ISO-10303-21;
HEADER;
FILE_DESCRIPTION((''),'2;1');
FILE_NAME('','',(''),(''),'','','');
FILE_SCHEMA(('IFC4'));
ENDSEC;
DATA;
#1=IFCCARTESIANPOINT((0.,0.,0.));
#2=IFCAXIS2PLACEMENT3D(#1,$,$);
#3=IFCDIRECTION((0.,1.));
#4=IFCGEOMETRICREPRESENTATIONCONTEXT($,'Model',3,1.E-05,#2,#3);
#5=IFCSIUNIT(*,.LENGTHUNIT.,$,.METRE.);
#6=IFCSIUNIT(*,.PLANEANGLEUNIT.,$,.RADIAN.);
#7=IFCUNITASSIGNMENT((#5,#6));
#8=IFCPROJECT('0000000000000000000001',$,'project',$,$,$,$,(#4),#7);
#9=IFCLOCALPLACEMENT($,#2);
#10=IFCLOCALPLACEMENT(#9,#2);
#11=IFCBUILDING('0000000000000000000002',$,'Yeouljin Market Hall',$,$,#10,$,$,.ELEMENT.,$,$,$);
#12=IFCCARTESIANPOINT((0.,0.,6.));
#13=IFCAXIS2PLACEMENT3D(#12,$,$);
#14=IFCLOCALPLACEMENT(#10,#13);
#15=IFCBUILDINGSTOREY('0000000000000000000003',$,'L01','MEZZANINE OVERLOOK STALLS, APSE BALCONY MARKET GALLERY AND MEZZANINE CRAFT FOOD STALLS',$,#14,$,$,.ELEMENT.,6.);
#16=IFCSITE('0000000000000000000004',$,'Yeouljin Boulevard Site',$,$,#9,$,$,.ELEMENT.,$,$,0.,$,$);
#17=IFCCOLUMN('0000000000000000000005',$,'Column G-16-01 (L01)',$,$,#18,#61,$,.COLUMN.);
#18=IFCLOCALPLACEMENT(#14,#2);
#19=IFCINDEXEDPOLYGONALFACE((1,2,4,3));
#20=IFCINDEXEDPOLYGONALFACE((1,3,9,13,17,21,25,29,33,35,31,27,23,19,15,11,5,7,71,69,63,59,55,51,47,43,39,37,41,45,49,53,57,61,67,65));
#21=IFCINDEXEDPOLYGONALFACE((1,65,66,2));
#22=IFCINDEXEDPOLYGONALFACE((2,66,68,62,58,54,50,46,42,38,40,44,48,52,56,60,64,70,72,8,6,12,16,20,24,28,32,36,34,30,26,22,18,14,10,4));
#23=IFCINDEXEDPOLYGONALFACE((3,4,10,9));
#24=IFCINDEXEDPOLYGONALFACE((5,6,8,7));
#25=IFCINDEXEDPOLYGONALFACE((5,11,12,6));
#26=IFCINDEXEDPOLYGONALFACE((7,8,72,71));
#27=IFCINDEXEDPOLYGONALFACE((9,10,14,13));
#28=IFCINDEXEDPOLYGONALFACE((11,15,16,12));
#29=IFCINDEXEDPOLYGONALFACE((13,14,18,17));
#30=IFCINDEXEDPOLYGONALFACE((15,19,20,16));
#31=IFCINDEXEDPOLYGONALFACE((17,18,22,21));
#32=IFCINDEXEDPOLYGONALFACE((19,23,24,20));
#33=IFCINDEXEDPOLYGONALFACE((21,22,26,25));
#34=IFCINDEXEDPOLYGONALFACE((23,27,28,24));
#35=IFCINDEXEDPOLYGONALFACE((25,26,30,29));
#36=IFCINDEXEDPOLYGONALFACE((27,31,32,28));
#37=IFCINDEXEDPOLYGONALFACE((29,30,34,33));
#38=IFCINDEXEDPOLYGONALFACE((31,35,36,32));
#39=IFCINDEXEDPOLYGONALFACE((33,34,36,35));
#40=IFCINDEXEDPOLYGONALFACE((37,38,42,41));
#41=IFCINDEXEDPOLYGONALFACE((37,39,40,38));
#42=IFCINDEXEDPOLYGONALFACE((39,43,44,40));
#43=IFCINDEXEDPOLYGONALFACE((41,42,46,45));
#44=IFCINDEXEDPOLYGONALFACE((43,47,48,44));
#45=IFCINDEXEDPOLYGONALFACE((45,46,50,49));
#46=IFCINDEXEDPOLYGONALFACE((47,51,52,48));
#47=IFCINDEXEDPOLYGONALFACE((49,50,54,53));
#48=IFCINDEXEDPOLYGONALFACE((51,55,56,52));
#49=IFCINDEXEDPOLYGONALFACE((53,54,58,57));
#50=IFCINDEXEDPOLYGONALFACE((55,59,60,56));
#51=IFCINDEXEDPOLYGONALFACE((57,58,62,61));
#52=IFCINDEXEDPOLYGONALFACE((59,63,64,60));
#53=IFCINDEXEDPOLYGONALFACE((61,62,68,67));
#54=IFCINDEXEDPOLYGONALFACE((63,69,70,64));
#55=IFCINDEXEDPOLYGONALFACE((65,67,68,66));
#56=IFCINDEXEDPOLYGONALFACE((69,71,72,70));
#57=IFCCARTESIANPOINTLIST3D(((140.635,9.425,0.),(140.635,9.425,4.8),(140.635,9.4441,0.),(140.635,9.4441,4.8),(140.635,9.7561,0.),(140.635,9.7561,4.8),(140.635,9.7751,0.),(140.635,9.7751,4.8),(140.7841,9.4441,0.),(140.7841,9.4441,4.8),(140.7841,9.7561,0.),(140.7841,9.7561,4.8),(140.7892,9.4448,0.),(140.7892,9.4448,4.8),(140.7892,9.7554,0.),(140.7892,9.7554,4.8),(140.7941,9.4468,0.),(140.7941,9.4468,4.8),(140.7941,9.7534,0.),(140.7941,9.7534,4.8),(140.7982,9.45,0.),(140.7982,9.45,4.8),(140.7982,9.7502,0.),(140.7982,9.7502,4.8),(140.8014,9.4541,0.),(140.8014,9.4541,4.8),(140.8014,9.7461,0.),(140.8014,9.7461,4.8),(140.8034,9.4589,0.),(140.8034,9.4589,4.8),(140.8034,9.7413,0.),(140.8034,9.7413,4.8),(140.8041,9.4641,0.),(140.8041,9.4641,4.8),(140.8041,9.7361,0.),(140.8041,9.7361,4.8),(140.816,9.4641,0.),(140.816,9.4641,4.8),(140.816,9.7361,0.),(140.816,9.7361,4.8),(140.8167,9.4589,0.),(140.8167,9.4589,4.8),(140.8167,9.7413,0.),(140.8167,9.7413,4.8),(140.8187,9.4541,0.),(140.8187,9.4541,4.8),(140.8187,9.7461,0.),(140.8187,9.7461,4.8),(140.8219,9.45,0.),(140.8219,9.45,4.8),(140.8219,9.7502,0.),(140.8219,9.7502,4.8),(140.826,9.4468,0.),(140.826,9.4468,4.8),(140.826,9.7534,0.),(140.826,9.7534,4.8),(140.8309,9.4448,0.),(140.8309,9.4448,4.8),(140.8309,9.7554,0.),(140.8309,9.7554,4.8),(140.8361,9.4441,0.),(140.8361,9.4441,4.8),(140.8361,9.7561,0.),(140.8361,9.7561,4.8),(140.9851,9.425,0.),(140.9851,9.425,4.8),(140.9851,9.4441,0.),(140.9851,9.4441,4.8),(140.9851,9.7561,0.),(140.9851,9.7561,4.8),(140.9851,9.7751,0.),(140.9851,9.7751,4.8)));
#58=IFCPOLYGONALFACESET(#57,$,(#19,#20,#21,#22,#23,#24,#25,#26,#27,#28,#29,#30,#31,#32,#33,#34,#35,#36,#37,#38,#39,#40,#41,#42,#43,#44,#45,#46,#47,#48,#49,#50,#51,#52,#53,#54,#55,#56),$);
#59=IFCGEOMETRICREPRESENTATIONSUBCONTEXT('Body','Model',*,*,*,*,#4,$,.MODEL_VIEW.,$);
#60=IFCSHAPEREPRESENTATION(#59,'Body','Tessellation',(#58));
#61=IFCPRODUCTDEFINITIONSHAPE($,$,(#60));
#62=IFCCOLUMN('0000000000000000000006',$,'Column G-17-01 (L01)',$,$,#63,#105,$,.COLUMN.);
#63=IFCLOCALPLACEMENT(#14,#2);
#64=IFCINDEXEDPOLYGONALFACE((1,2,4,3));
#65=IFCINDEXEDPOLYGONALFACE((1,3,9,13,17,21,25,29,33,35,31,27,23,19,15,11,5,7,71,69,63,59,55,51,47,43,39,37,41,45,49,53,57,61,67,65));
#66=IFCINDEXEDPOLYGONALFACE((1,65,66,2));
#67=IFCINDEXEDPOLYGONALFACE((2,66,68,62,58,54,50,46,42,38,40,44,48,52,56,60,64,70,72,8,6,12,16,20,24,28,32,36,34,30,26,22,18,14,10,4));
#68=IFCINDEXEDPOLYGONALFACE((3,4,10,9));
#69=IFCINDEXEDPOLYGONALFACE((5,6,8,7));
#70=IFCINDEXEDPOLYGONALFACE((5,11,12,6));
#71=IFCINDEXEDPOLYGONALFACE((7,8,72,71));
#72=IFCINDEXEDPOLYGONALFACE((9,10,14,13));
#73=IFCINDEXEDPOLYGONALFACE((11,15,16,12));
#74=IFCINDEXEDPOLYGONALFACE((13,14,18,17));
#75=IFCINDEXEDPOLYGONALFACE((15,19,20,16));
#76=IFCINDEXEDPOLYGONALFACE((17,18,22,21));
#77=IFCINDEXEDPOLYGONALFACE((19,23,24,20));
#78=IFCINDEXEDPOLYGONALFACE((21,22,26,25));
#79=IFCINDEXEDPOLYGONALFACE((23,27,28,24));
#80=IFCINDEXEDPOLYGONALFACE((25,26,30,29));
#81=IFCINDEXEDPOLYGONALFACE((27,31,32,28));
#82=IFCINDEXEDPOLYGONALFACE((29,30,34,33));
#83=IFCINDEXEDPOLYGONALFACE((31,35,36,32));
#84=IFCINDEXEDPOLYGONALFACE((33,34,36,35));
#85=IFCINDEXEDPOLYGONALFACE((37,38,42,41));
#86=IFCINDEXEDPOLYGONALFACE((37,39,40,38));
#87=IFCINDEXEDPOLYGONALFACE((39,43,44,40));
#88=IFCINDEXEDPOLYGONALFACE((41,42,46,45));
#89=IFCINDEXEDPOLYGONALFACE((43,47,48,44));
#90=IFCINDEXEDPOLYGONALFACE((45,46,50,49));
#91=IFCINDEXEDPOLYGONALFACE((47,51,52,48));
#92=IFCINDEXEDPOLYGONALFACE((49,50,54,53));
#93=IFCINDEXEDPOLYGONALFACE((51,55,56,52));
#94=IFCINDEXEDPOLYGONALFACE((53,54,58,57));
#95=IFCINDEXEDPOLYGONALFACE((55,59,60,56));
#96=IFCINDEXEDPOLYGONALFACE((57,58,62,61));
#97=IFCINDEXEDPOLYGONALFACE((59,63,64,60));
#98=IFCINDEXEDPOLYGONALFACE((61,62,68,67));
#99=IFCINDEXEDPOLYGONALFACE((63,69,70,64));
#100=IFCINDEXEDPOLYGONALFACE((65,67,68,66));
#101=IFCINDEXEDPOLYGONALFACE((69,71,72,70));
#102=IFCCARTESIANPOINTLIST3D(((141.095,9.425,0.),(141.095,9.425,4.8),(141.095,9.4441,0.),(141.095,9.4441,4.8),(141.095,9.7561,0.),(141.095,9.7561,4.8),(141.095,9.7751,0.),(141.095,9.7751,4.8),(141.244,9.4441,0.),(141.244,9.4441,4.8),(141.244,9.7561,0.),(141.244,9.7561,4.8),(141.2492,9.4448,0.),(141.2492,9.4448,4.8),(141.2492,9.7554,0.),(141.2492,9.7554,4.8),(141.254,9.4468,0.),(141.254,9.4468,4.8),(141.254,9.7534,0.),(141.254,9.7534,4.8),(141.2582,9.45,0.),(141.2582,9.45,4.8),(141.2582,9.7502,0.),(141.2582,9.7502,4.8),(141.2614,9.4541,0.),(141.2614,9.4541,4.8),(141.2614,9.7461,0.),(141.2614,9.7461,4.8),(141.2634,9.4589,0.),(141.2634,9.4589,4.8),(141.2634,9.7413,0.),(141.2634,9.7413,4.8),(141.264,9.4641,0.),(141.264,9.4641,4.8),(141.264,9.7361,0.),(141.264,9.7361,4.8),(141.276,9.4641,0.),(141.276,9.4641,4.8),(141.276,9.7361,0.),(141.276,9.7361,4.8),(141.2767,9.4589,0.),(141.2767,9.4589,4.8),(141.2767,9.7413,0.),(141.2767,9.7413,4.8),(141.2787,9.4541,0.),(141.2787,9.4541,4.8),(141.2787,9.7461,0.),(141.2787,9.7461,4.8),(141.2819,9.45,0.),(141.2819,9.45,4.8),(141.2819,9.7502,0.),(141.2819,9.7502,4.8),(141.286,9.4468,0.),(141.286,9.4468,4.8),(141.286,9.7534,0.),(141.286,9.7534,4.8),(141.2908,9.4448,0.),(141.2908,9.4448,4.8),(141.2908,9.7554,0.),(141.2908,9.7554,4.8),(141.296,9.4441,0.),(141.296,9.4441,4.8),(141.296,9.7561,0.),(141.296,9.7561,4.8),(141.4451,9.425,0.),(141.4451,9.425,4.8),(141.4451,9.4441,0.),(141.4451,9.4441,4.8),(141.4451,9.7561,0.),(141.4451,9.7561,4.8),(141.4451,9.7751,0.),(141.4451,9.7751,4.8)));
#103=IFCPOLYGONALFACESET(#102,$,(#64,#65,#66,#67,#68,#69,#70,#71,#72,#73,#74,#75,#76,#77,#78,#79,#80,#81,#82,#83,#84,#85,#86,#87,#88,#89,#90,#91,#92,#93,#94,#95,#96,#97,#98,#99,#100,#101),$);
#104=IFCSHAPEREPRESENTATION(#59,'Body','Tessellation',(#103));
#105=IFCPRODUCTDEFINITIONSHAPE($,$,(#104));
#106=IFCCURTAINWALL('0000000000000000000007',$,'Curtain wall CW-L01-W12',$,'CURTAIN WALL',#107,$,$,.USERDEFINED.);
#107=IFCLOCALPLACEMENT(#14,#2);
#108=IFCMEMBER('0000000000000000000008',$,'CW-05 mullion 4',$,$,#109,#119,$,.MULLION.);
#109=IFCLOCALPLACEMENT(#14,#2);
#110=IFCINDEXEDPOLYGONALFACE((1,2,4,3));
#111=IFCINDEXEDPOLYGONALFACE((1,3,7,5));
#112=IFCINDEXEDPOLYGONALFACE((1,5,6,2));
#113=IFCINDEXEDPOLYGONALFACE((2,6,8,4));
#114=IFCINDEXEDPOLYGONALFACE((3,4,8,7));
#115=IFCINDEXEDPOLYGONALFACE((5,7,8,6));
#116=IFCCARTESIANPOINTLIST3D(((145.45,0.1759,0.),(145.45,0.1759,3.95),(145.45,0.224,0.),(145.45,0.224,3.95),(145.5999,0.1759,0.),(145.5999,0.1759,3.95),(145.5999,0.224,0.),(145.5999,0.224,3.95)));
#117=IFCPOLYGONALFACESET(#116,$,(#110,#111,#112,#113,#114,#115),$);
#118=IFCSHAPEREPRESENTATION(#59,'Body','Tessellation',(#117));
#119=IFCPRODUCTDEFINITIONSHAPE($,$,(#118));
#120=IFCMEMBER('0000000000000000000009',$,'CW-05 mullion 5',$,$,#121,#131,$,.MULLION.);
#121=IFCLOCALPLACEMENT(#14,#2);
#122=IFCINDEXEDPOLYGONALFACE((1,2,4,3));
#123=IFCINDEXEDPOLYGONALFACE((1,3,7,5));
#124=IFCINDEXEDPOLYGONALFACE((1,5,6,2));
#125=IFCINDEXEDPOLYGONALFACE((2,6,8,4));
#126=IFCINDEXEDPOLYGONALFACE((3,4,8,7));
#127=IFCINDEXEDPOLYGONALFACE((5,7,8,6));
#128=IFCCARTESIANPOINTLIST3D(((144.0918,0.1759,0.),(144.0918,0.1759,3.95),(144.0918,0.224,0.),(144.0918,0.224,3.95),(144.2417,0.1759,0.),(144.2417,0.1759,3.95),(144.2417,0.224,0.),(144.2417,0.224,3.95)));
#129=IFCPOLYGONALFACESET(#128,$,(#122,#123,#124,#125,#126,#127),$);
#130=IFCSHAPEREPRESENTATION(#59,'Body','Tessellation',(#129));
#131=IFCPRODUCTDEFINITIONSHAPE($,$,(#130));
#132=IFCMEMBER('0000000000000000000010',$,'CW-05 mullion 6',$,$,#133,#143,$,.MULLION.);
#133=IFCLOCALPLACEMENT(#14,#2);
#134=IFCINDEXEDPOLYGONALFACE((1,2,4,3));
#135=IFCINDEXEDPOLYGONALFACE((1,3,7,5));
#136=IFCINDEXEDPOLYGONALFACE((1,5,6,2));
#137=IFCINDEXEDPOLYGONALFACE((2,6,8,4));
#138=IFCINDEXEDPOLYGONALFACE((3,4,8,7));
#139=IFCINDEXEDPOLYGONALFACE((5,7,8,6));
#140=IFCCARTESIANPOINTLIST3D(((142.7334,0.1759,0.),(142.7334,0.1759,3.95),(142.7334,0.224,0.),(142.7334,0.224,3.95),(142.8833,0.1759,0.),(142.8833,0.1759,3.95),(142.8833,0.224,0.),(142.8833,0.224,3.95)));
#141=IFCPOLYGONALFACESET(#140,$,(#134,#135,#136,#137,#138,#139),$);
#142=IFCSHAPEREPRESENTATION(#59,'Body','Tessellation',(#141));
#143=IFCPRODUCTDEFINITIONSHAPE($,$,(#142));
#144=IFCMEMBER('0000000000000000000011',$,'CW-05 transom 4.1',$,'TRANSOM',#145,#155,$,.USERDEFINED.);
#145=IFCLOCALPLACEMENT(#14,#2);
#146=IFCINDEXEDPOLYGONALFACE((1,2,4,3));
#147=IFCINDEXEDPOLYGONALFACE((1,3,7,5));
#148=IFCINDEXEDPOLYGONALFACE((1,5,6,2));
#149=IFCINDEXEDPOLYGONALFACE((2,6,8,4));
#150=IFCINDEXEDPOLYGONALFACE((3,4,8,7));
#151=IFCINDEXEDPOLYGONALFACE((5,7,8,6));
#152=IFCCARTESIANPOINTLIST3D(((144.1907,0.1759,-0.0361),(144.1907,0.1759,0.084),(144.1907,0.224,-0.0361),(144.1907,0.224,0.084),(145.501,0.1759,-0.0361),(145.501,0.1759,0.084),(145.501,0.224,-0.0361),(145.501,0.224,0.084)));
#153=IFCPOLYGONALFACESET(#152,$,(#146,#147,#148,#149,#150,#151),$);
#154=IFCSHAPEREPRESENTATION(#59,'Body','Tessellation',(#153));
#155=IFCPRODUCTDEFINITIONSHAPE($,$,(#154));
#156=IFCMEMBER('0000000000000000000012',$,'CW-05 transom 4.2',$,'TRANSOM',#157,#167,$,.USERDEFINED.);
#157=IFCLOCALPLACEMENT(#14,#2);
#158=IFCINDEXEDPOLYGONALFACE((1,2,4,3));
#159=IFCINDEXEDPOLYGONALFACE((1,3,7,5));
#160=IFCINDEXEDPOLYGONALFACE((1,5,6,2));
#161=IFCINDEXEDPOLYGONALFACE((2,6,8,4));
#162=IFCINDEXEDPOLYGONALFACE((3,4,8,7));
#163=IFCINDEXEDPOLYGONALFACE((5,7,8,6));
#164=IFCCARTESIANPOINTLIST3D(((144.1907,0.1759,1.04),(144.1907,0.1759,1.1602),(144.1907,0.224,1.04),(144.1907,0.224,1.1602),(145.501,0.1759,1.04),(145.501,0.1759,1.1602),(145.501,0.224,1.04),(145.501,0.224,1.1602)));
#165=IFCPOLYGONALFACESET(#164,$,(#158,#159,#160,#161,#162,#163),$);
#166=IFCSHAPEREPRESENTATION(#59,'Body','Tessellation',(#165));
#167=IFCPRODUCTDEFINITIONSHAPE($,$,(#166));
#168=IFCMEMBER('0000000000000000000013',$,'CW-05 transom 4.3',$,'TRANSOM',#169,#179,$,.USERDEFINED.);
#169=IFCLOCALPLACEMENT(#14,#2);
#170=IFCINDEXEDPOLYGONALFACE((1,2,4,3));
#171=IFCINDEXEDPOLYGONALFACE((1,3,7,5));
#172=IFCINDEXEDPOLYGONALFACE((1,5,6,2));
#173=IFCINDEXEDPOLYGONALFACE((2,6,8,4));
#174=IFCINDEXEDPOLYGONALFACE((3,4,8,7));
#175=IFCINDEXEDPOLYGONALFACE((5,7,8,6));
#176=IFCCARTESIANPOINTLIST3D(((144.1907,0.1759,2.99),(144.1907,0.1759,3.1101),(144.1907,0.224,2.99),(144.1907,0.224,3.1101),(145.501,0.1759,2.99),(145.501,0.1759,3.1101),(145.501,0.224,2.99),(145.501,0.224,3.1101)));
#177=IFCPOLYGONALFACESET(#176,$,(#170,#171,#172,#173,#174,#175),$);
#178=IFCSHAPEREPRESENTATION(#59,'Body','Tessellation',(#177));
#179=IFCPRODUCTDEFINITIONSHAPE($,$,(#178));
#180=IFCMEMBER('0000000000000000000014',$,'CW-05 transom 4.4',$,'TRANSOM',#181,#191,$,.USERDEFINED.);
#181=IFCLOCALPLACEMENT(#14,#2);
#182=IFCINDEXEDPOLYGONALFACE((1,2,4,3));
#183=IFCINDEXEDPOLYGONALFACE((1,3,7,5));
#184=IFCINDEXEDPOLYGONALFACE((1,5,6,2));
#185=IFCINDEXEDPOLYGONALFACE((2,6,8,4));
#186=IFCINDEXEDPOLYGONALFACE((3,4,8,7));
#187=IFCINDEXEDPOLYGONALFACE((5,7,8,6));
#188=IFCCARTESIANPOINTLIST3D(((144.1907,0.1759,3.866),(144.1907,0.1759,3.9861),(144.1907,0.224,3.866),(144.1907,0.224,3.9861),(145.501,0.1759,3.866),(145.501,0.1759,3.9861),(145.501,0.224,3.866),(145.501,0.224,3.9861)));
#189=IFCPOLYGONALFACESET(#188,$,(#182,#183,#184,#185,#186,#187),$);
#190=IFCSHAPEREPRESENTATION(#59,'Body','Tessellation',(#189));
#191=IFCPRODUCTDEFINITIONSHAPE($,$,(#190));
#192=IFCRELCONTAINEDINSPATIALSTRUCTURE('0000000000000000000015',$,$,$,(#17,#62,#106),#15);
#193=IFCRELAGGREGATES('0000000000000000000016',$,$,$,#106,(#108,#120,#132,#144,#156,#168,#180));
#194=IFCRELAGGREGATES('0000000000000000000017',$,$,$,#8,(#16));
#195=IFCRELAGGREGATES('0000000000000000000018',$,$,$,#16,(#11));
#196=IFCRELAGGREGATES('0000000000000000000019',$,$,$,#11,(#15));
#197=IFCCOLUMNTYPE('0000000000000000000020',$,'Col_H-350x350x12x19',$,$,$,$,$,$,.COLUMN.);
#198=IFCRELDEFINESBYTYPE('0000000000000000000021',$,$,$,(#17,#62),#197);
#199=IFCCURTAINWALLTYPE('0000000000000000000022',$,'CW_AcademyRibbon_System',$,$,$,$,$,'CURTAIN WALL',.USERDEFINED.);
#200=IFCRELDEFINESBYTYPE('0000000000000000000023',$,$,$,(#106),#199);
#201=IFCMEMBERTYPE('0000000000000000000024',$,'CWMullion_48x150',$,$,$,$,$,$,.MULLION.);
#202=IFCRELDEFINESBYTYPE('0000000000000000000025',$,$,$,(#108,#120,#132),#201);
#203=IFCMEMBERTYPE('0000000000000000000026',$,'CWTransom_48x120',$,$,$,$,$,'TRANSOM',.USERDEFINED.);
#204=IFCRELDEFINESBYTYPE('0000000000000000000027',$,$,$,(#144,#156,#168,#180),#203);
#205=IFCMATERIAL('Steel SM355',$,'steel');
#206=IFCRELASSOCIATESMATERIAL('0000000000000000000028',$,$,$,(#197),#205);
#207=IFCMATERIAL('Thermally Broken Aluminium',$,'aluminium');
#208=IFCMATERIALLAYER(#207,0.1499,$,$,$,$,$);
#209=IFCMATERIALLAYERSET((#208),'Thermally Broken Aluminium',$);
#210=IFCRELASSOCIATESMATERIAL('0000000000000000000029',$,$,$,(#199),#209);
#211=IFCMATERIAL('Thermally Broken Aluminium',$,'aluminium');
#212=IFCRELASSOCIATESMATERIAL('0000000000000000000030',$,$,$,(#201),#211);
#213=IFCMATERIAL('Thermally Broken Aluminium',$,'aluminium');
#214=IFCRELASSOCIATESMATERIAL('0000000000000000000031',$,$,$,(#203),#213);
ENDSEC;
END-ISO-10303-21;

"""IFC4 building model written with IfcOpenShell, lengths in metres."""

from ifc_helpers import new_model, si_unit, direction, frame, origin, origin_2d, place, context, subcontext, project, spatial, rectangle, i_section, extrude, material, layer, layer_set, material_profile, profile_set, type_object, element, aggregate, save


model = new_model("IFC4")

# Units and contexts
model_context = context("Model", 3, precision=1e-05, world=origin(), true_north=direction((0.0, 1.0)))
body_context = subcontext(model_context, "Body", "Model", "MODEL_VIEW")
ifc_project = project(units=[si_unit("LENGTHUNIT", "METRE"), si_unit("PLANEANGLEUNIT", "RADIAN")], contexts=[model_context])

# Site, building, storey
site_placement = place(None, origin())
site = spatial("IfcSite", under=ifc_project, at=site_placement, Name="Yeouljin Boulevard Site", CompositionType="ELEMENT", RefElevation=0.0)
building_placement = place(site_placement, origin())
building = spatial("IfcBuilding", under=site, at=building_placement, Name="Yeouljin Market Hall", CompositionType="ELEMENT")
storey_placement = place(building_placement, frame((0.0, 0.0, 6.0)))
storey = spatial("IfcBuildingStorey", under=building, at=storey_placement, Name="L01", Description="MEZZANINE OVERLOOK STALLS, APSE BALCONY MARKET GALLERY AND MEZZANINE CRAFT FOOD STALLS", CompositionType="ELEMENT", Elevation=6.0)

# Columns
ifc_material_1 = material(Name="Steel SM355", Category="steel")
ifc_material_profile_1 = material_profile(ifc_material_1, i_section(OverallWidth=0.3501, OverallDepth=0.3501, WebThickness=0.012, FlangeThickness=0.019, FilletRadius=0.02, at=origin_2d()), Name="H-350x350x12x19")
ifc_profile_set_1 = profile_set([ifc_material_profile_1], Name="Steel SM355")
column_type = type_object("IfcColumnType", Name="Col_H-350x350x12x19", PredefinedType="COLUMN", material=ifc_profile_set_1)
for number, where, z_axis, x_axis, name in (
    (1, (140.8101, 9.6001, 0.0), (0.0, 0.0, 1.0), (1.0, 0.0, 0.0), "Column G-16-01 (L01)"),
    (2, (141.27, 9.6001, 0.0), (0.0, 0.0, 1.0), (1.0, 0.0, 0.0), "Column G-17-01 (L01)"),
):
    element("IfcColumn", number, at=place(storey_placement, frame(where, z_axis=z_axis, x_axis=x_axis)), inside=storey, type_object=column_type, Name=name, PredefinedType="COLUMN", context=body_context, shape_type="SweptSolid", body=[
        extrude(i_section(OverallWidth=0.3501, OverallDepth=0.3501, WebThickness=0.012, FlangeThickness=0.019, FilletRadius=0.02, at=origin_2d()), origin(), (0.0, 0.0, 1.0), 4.8),
    ])

# Curtain wall, members
ifc_material_2 = material(Name="Thermally Broken Aluminium", Category="aluminium")
ifc_layer_1 = layer(ifc_material_2, 0.1499)
ifc_layer_set_1 = layer_set([ifc_layer_1], Name="Thermally Broken Aluminium")
curtain_wall_type = type_object("IfcCurtainWallType", Name="CW_AcademyRibbon_System", ElementType="CURTAIN WALL", PredefinedType="USERDEFINED", material=ifc_layer_set_1)
curtain_wall_placement = place(storey_placement, origin())
curtain_wall = element("IfcCurtainWall", 3, at=curtain_wall_placement, inside=storey, type_object=curtain_wall_type, Name="Curtain wall CW-L01-W12", ObjectType="CURTAIN WALL", PredefinedType="USERDEFINED")
ifc_material_3 = material(Name="Thermally Broken Aluminium", Category="aluminium")
ifc_material_profile_2 = material_profile(ifc_material_3, rectangle(XDim=0.0481, YDim=0.1499, at=origin_2d()), Name="CW-MULL-48x150")
ifc_profile_set_2 = profile_set([ifc_material_profile_2], Name="Thermally Broken Aluminium")
member_type_1 = type_object("IfcMemberType", Name="CWMullion_48x150", PredefinedType="MULLION", material=ifc_profile_set_2)
member_1_placement = place(storey_placement, frame((145.5249, 0.2, 0.0), z_axis=(0.0, 0.0, 1.0), x_axis=(0.0, -1.0, 0.0)))
member_1 = element("IfcMember", 4, at=member_1_placement, type_object=member_type_1, Name="CW-05 mullion 4", PredefinedType="MULLION", context=body_context, shape_type="SweptSolid", body=[
    extrude(rectangle(XDim=0.0481, YDim=0.1499, at=origin_2d()), origin(), (0.0, 0.0, 1.0), 3.95),
])
member_2_placement = place(storey_placement, frame((144.1667, 0.2, 0.0), z_axis=(0.0, 0.0, 1.0), x_axis=(0.0, -1.0, 0.0)))
member_2 = element("IfcMember", 5, at=member_2_placement, type_object=member_type_1, Name="CW-05 mullion 5", PredefinedType="MULLION", context=body_context, shape_type="SweptSolid", body=[
    extrude(rectangle(XDim=0.0481, YDim=0.1499, at=origin_2d()), origin(), (0.0, 0.0, 1.0), 3.95),
])
member_3_placement = place(storey_placement, frame((142.8083, 0.2, 0.0), z_axis=(0.0, 0.0, 1.0), x_axis=(0.0, -1.0, 0.0)))
member_3 = element("IfcMember", 6, at=member_3_placement, type_object=member_type_1, Name="CW-05 mullion 6", PredefinedType="MULLION", context=body_context, shape_type="SweptSolid", body=[
    extrude(rectangle(XDim=0.0481, YDim=0.1499, at=origin_2d()), origin(), (0.0, 0.0, 1.0), 3.95),
])
ifc_material_4 = material(Name="Thermally Broken Aluminium", Category="aluminium")
ifc_material_profile_3 = material_profile(ifc_material_4, rectangle(XDim=0.0481, YDim=0.1201, at=origin_2d()), Name="CW-TRAN-48x120")
ifc_profile_set_3 = profile_set([ifc_material_profile_3], Name="Thermally Broken Aluminium")
member_type_2 = type_object("IfcMemberType", Name="CWTransom_48x120", ElementType="TRANSOM", PredefinedType="USERDEFINED", material=ifc_profile_set_3)
member_4_placement = place(storey_placement, frame((145.501, 0.2, 0.0239), z_axis=(-1.0, 0.0, 0.0), x_axis=(0.0, -1.0, 0.0)))
member_4 = element("IfcMember", 7, at=member_4_placement, type_object=member_type_2, Name="CW-05 transom 4.1", ObjectType="TRANSOM", PredefinedType="USERDEFINED", context=body_context, shape_type="SweptSolid", body=[
    extrude(rectangle(XDim=0.0481, YDim=0.1201, at=origin_2d()), origin(), (0.0, 0.0, 1.0), 1.3103),
])
member_5_placement = place(storey_placement, frame((145.501, 0.2, 1.1001), z_axis=(-1.0, 0.0, 0.0), x_axis=(0.0, -1.0, 0.0)))
member_5 = element("IfcMember", 8, at=member_5_placement, type_object=member_type_2, Name="CW-05 transom 4.2", ObjectType="TRANSOM", PredefinedType="USERDEFINED", context=body_context, shape_type="SweptSolid", body=[
    extrude(rectangle(XDim=0.0481, YDim=0.1201, at=origin_2d()), origin(), (0.0, 0.0, 1.0), 1.3103),
])
member_6_placement = place(storey_placement, frame((145.501, 0.2, 3.05), z_axis=(-1.0, 0.0, 0.0), x_axis=(0.0, -1.0, 0.0)))
member_6 = element("IfcMember", 9, at=member_6_placement, type_object=member_type_2, Name="CW-05 transom 4.3", ObjectType="TRANSOM", PredefinedType="USERDEFINED", context=body_context, shape_type="SweptSolid", body=[
    extrude(rectangle(XDim=0.0481, YDim=0.1201, at=origin_2d()), origin(), (0.0, 0.0, 1.0), 1.3103),
])
member_7_placement = place(storey_placement, frame((145.501, 0.2, 3.926), z_axis=(-1.0, 0.0, 0.0), x_axis=(0.0, -1.0, 0.0)))
member_7 = element("IfcMember", 10, at=member_7_placement, type_object=member_type_2, Name="CW-05 transom 4.4", ObjectType="TRANSOM", PredefinedType="USERDEFINED", context=body_context, shape_type="SweptSolid", body=[
    extrude(rectangle(XDim=0.0481, YDim=0.1201, at=origin_2d()), origin(), (0.0, 0.0, 1.0), 1.3103),
])

aggregate(curtain_wall, [member_1, member_2, member_3, member_4, member_5, member_6, member_7])

save(model, "model.ifc")
